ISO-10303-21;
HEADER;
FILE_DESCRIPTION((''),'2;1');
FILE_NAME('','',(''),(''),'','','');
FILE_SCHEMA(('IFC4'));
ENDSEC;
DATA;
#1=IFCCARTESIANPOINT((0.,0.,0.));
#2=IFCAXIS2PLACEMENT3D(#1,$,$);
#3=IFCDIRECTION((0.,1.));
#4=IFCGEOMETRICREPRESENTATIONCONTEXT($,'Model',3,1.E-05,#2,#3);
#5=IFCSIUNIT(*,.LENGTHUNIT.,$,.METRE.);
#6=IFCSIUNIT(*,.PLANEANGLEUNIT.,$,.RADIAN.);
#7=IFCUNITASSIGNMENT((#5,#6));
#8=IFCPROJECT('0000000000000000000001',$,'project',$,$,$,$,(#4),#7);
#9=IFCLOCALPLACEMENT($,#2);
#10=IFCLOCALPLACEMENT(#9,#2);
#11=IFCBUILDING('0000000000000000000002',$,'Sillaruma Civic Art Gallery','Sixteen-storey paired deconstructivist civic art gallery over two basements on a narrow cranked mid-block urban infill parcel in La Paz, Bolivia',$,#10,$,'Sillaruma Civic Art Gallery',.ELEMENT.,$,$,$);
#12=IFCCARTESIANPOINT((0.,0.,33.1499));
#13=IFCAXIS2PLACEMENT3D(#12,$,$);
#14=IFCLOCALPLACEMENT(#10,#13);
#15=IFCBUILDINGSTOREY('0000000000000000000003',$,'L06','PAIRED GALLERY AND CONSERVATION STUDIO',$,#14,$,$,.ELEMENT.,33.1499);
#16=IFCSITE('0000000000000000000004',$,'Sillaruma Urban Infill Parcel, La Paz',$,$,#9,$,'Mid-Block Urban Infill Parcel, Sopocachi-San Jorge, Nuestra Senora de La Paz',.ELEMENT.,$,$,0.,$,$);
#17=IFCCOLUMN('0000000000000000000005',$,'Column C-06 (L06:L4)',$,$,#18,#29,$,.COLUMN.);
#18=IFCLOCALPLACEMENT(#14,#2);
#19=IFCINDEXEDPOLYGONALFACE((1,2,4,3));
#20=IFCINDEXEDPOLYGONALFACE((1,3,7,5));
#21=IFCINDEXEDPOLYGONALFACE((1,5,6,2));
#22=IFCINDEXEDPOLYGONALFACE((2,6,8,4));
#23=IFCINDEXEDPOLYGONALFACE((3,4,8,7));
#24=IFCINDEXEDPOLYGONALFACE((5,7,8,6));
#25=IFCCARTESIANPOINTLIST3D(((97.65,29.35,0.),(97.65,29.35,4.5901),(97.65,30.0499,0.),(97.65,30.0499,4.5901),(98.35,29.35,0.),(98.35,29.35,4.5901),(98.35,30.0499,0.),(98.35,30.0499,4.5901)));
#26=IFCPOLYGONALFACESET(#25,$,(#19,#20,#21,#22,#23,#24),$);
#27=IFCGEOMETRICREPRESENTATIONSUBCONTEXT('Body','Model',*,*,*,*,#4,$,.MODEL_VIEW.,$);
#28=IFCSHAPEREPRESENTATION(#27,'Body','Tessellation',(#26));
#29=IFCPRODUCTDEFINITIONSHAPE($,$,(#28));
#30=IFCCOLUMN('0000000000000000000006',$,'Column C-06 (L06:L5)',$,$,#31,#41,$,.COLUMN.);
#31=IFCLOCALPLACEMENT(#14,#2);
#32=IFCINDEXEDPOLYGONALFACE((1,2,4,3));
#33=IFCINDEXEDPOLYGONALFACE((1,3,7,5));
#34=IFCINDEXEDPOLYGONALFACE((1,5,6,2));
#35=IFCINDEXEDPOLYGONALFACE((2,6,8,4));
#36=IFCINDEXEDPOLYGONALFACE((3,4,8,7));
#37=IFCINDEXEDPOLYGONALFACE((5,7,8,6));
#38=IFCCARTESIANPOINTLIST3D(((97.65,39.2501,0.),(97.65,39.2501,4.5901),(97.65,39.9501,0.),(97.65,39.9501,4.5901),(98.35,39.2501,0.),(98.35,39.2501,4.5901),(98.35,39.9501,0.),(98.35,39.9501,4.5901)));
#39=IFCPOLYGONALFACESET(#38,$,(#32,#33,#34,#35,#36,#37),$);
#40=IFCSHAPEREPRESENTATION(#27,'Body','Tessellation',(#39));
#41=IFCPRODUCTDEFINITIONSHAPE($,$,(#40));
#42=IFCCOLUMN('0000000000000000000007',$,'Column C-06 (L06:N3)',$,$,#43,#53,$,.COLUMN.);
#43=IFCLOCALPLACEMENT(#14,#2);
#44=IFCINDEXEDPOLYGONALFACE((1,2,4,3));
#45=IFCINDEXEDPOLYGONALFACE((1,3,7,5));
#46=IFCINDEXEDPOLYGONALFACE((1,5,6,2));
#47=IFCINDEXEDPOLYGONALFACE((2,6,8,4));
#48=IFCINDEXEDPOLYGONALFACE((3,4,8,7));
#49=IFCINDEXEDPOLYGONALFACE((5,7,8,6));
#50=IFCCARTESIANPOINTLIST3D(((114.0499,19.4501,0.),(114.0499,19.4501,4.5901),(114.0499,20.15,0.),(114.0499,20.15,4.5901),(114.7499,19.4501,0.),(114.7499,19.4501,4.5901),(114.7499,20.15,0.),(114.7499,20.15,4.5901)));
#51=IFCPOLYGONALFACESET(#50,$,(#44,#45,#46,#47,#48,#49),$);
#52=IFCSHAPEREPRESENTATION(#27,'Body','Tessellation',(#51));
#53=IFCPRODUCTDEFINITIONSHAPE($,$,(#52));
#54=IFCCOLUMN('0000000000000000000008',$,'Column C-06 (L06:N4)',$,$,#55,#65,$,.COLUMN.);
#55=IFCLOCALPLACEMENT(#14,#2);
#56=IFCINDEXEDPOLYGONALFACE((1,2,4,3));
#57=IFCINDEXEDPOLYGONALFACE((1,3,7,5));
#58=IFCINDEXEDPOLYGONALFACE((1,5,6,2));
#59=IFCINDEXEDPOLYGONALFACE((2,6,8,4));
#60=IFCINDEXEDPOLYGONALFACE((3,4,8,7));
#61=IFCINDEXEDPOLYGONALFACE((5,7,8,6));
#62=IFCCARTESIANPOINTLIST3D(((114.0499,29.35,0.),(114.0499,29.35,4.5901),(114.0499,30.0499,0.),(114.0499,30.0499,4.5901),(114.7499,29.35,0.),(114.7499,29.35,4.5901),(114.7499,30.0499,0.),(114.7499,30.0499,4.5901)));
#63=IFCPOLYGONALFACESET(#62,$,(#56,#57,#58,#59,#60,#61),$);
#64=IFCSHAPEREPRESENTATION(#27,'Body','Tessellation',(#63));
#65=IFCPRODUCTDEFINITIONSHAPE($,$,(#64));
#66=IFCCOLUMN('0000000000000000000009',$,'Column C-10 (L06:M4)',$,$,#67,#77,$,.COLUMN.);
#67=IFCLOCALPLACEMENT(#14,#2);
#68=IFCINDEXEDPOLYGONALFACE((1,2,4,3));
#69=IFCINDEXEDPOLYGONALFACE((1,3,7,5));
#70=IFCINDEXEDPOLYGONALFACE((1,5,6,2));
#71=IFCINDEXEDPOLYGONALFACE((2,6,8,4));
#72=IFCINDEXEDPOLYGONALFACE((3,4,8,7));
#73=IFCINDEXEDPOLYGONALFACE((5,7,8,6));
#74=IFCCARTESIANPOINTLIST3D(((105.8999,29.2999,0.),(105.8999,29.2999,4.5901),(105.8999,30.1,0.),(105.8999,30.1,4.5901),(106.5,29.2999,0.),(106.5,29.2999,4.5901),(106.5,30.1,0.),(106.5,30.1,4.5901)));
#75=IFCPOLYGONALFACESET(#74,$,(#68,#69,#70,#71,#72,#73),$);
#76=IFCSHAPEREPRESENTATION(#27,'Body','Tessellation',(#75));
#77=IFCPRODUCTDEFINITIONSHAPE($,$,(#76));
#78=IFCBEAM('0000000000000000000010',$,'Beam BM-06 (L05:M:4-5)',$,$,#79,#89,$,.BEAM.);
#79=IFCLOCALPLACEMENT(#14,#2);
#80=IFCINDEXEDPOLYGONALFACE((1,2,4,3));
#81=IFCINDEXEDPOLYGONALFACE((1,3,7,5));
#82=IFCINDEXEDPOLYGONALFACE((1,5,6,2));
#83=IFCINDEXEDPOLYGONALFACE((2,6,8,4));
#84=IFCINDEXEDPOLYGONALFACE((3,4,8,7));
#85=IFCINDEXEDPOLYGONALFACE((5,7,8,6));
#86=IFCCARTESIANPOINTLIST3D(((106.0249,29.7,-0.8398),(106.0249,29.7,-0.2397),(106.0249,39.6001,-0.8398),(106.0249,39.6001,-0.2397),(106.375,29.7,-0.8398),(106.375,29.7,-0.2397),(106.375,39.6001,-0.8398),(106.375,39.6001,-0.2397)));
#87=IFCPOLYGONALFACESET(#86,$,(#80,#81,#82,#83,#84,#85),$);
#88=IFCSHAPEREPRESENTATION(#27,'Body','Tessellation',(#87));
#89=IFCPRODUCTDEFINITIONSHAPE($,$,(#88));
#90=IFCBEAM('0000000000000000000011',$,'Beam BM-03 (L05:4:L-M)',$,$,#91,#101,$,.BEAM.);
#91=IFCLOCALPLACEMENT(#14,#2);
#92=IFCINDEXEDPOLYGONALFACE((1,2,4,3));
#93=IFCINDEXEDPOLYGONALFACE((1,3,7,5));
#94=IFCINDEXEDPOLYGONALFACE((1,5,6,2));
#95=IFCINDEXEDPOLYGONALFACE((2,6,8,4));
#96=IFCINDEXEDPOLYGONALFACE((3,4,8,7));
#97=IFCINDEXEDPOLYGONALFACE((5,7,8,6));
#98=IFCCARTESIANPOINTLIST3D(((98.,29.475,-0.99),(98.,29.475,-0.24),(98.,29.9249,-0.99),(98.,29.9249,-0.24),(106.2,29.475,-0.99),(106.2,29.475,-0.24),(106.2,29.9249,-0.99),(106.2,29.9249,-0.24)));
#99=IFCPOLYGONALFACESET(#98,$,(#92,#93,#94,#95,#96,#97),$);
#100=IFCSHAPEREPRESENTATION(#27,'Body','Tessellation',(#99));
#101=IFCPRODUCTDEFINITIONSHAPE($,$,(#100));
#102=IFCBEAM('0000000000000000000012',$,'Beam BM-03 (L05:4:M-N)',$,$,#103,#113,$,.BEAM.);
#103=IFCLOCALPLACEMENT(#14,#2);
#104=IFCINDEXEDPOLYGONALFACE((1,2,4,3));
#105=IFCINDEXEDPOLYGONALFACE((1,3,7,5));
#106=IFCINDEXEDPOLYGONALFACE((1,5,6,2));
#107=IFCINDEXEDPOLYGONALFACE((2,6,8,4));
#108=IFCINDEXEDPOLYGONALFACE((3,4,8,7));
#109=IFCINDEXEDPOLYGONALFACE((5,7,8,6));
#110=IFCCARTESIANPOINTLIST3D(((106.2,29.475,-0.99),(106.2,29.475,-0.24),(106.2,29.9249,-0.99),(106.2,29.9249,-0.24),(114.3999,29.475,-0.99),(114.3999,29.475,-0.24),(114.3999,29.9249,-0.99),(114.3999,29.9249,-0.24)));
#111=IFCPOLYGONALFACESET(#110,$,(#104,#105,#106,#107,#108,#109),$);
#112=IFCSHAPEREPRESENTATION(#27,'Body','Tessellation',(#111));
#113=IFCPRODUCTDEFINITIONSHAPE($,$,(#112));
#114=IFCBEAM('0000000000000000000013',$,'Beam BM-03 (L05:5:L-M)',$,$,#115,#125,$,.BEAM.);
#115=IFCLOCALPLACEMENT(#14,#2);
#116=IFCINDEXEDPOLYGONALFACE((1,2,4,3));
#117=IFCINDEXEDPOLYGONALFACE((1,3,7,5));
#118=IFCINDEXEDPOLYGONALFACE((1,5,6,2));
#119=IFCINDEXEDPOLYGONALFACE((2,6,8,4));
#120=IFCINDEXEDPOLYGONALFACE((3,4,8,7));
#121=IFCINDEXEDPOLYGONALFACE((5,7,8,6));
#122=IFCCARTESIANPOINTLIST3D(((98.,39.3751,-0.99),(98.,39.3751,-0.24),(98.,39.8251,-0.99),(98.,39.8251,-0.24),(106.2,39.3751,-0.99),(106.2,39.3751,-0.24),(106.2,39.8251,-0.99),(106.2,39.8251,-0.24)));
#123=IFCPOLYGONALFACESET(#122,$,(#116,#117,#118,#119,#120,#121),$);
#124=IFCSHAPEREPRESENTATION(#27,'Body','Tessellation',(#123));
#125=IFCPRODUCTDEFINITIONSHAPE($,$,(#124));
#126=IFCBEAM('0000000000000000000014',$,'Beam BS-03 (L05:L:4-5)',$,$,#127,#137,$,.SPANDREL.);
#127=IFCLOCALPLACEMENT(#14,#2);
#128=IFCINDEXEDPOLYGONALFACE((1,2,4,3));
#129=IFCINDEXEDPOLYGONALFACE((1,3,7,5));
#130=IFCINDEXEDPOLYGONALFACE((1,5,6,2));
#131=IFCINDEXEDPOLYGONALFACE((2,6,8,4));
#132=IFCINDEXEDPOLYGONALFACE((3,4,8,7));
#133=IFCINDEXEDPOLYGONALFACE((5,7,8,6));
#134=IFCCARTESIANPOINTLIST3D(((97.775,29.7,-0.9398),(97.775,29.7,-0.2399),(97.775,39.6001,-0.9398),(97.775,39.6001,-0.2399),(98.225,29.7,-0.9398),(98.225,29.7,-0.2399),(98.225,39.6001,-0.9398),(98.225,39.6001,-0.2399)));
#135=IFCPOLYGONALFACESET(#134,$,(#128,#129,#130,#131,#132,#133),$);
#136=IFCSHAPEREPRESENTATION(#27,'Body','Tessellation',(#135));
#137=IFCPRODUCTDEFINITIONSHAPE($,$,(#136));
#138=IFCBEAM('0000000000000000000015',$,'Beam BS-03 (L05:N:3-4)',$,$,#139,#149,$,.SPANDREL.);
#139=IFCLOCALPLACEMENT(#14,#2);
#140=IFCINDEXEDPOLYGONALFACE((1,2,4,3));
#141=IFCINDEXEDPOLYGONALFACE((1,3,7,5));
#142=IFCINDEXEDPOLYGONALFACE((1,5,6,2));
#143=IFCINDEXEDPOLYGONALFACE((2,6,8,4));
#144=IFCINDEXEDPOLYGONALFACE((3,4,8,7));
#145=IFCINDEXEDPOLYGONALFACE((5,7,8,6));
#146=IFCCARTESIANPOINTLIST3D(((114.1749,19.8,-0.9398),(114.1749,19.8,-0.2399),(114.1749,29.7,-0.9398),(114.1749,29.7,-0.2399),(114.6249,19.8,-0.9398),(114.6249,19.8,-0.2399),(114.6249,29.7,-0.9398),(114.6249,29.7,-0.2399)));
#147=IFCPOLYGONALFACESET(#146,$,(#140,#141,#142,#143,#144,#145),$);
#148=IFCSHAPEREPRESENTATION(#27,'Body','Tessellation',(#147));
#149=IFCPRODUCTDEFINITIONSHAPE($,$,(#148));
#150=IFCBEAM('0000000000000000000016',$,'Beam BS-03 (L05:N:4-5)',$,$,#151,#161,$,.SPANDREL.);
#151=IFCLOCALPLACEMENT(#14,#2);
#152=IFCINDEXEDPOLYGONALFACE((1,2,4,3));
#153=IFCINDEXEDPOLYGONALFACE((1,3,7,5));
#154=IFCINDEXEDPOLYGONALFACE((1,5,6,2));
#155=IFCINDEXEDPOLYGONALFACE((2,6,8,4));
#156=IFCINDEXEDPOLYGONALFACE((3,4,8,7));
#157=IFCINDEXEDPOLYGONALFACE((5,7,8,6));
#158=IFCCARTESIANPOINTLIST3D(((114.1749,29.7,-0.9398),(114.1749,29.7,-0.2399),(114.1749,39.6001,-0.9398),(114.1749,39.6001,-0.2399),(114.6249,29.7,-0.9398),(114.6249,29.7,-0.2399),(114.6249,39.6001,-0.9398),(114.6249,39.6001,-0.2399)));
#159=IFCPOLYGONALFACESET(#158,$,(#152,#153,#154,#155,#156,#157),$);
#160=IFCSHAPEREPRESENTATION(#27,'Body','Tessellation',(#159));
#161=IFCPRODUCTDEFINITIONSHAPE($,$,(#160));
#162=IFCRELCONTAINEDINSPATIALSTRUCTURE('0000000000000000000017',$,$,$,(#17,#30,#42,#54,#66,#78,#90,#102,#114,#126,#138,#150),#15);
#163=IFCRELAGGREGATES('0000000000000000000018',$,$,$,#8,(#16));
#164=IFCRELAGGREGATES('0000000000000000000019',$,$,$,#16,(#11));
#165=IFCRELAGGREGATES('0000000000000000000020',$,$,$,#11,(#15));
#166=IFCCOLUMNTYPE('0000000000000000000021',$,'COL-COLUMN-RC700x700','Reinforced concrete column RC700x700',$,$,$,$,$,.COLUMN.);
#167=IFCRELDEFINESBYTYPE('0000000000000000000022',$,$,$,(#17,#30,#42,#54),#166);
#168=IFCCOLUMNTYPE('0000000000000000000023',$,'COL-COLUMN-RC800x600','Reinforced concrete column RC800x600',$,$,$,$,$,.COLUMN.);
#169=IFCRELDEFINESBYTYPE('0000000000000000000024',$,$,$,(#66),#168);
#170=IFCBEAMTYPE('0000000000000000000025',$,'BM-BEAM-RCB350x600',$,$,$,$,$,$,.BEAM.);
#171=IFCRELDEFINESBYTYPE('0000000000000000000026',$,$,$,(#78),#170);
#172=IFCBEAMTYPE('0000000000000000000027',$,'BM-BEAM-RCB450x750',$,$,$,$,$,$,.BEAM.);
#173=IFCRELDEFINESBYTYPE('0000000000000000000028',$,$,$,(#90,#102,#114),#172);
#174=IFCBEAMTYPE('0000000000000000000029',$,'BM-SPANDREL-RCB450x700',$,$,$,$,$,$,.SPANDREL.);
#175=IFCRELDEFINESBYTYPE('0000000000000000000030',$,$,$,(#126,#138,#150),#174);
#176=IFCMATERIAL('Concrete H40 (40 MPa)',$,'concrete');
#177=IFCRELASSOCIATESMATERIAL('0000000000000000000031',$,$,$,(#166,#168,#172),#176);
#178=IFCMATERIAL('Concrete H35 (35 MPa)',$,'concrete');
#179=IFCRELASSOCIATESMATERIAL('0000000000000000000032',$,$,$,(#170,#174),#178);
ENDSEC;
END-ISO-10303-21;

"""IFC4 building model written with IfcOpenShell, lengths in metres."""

from ifc_helpers import new_model, si_unit, direction, frame, origin, origin_2d, place, context, subcontext, project, spatial, rectangle, extrude, material, material_profile, profile_set, type_object, element, save


model = new_model("IFC4")

# Units and contexts
model_context = context("Model", 3, precision=1e-05, world=origin(), true_north=direction((0.0, 1.0)))
body_context = subcontext(model_context, "Body", "Model", "MODEL_VIEW")
ifc_project = project(units=[si_unit("LENGTHUNIT", "METRE"), si_unit("PLANEANGLEUNIT", "RADIAN")], contexts=[model_context])

# Site, building, storey
site_placement = place(None, origin())
site = spatial("IfcSite", under=ifc_project, at=site_placement, Name="Sillaruma Urban Infill Parcel, La Paz", LongName="Mid-Block Urban Infill Parcel, Sopocachi-San Jorge, Nuestra Senora de La Paz", CompositionType="ELEMENT", RefElevation=0.0)
building_placement = place(site_placement, origin())
building = spatial("IfcBuilding", under=site, at=building_placement, Name="Sillaruma Civic Art Gallery", Description="Sixteen-storey paired deconstructivist civic art gallery over two basements on a narrow cranked mid-block urban infill parcel in La Paz, Bolivia", LongName="Sillaruma Civic Art Gallery", CompositionType="ELEMENT")
storey_placement = place(building_placement, frame((0.0, 0.0, 33.1499)))
storey = spatial("IfcBuildingStorey", under=building, at=storey_placement, Name="L06", Description="PAIRED GALLERY AND CONSERVATION STUDIO", CompositionType="ELEMENT", Elevation=33.1499)

# Columns
ifc_material_1 = material(Name="Concrete H40 (40 MPa)", Category="concrete")
ifc_material_profile_1 = material_profile(ifc_material_1, rectangle(XDim=0.7, YDim=0.7, at=origin_2d()), Name="RC700x700")
ifc_profile_set_1 = profile_set([ifc_material_profile_1], Name="Concrete H40 (40 MPa)")
column_type_1 = type_object("IfcColumnType", Name="COL-COLUMN-RC700x700", Description="Reinforced concrete column RC700x700", PredefinedType="COLUMN", material=ifc_profile_set_1)
for number, where, z_axis, x_axis, name in (
    (1, (98.0, 29.7, 0.0), (0.0, 0.0, 1.0), (1.0, 0.0, 0.0), "Column C-06 (L06:L4)"),
    (2, (98.0, 39.6001, 0.0), (0.0, 0.0, 1.0), (1.0, 0.0, 0.0), "Column C-06 (L06:L5)"),
    (3, (114.3999, 19.8, 0.0), (0.0, 0.0, 1.0), (1.0, 0.0, 0.0), "Column C-06 (L06:N3)"),
    (4, (114.3999, 29.7, 0.0), (0.0, 0.0, 1.0), (1.0, 0.0, 0.0), "Column C-06 (L06:N4)"),
):
    element("IfcColumn", number, at=place(storey_placement, frame(where, z_axis=z_axis, x_axis=x_axis)), inside=storey, type_object=column_type_1, Name=name, PredefinedType="COLUMN", context=body_context, shape_type="SweptSolid", body=[
        extrude(rectangle(XDim=0.7, YDim=0.7, at=origin_2d()), origin(), (0.0, 0.0, 1.0), 4.5901),
    ])
ifc_material_profile_2 = material_profile(ifc_material_1, rectangle(XDim=0.6001, YDim=0.8, at=origin_2d()), Name="RC800x600")
ifc_profile_set_2 = profile_set([ifc_material_profile_2], Name="Concrete H40 (40 MPa)")
column_type_2 = type_object("IfcColumnType", Name="COL-COLUMN-RC800x600", Description="Reinforced concrete column RC800x600", PredefinedType="COLUMN", material=ifc_profile_set_2)
column_placement = place(storey_placement, frame((106.2, 29.7, 0.0), z_axis=(0.0, 0.0, 1.0), x_axis=(1.0, 0.0, 0.0)))
element("IfcColumn", 5, at=column_placement, inside=storey, type_object=column_type_2, Name="Column C-10 (L06:M4)", PredefinedType="COLUMN", context=body_context, shape_type="SweptSolid", body=[
    extrude(rectangle(XDim=0.6001, YDim=0.8, at=origin_2d()), origin(), (0.0, 0.0, 1.0), 4.5901),
])

# Beams
ifc_material_2 = material(Name="Concrete H35 (35 MPa)", Category="concrete")
ifc_material_profile_3 = material_profile(ifc_material_2, rectangle(XDim=0.3501, YDim=0.6001, at=origin_2d()), Name="RCB350x600")
ifc_profile_set_3 = profile_set([ifc_material_profile_3], Name="Concrete H35 (35 MPa)")
beam_type_1 = type_object("IfcBeamType", Name="BM-BEAM-RCB350x600", PredefinedType="BEAM", material=ifc_profile_set_3)
beam_1_placement = place(storey_placement, frame((106.2, 29.7, -0.5398), z_axis=(0.0, 1.0, 0.0), x_axis=(-1.0, 0.0, 0.0)))
element("IfcBeam", 6, at=beam_1_placement, inside=storey, type_object=beam_type_1, Name="Beam BM-06 (L05:M:4-5)", PredefinedType="BEAM", context=body_context, shape_type="SweptSolid", body=[
    extrude(rectangle(XDim=0.3501, YDim=0.6001, at=origin_2d()), origin(), (0.0, 0.0, 1.0), 9.9001),
])
ifc_material_profile_4 = material_profile(ifc_material_1, rectangle(XDim=0.45, YDim=0.75, at=origin_2d()), Name="RCB450x750")
ifc_profile_set_4 = profile_set([ifc_material_profile_4], Name="Concrete H40 (40 MPa)")
beam_type_2 = type_object("IfcBeamType", Name="BM-BEAM-RCB450x750", PredefinedType="BEAM", material=ifc_profile_set_4)
for number, where, z_axis, x_axis, name in (
    (7, (98.0, 29.7, -0.615), (1.0, 0.0, 0.0), (0.0, 1.0, 0.0), "Beam BM-03 (L05:4:L-M)"),
    (8, (106.2, 29.7, -0.615), (1.0, 0.0, 0.0), (0.0, 1.0, 0.0), "Beam BM-03 (L05:4:M-N)"),
    (9, (98.0, 39.6001, -0.615), (1.0, 0.0, 0.0), (0.0, 1.0, 0.0), "Beam BM-03 (L05:5:L-M)"),
):
    element("IfcBeam", number, at=place(storey_placement, frame(where, z_axis=z_axis, x_axis=x_axis)), inside=storey, type_object=beam_type_2, Name=name, PredefinedType="BEAM", context=body_context, shape_type="SweptSolid", body=[
        extrude(rectangle(XDim=0.45, YDim=0.75, at=origin_2d()), origin(), (0.0, 0.0, 1.0), 8.2),
    ])
ifc_material_profile_5 = material_profile(ifc_material_2, rectangle(XDim=0.45, YDim=0.7, at=origin_2d()), Name="RCB450x700")
ifc_profile_set_5 = profile_set([ifc_material_profile_5], Name="Concrete H35 (35 MPa)")
beam_type_3 = type_object("IfcBeamType", Name="BM-SPANDREL-RCB450x700", PredefinedType="SPANDREL", material=ifc_profile_set_5)
beam_2_placement = place(storey_placement, frame((98.0, 29.7, -0.5898), z_axis=(0.0, 1.0, 0.0), x_axis=(-1.0, 0.0, 0.0)))
element("IfcBeam", 10, at=beam_2_placement, inside=storey, type_object=beam_type_3, Name="Beam BS-03 (L05:L:4-5)", PredefinedType="SPANDREL", context=body_context, shape_type="SweptSolid", body=[
    extrude(rectangle(XDim=0.45, YDim=0.7, at=origin_2d()), origin(), (0.0, 0.0, 1.0), 9.9001),
])
beam_3_placement = place(storey_placement, frame((114.3999, 19.8, -0.5898), z_axis=(0.0, 1.0, 0.0), x_axis=(-1.0, 0.0, 0.0)))
element("IfcBeam", 11, at=beam_3_placement, inside=storey, type_object=beam_type_3, Name="Beam BS-03 (L05:N:3-4)", PredefinedType="SPANDREL", context=body_context, shape_type="SweptSolid", body=[
    extrude(rectangle(XDim=0.45, YDim=0.7, at=origin_2d()), origin(), (0.0, 0.0, 1.0), 9.8999),
])
beam_4_placement = place(storey_placement, frame((114.3999, 29.7, -0.5898), z_axis=(0.0, 1.0, 0.0), x_axis=(-1.0, 0.0, 0.0)))
element("IfcBeam", 12, at=beam_4_placement, inside=storey, type_object=beam_type_3, Name="Beam BS-03 (L05:N:4-5)", PredefinedType="SPANDREL", context=body_context, shape_type="SweptSolid", body=[
    extrude(rectangle(XDim=0.45, YDim=0.7, at=origin_2d()), origin(), (0.0, 0.0, 1.0), 9.9001),
])

save(model, "model.ifc")
